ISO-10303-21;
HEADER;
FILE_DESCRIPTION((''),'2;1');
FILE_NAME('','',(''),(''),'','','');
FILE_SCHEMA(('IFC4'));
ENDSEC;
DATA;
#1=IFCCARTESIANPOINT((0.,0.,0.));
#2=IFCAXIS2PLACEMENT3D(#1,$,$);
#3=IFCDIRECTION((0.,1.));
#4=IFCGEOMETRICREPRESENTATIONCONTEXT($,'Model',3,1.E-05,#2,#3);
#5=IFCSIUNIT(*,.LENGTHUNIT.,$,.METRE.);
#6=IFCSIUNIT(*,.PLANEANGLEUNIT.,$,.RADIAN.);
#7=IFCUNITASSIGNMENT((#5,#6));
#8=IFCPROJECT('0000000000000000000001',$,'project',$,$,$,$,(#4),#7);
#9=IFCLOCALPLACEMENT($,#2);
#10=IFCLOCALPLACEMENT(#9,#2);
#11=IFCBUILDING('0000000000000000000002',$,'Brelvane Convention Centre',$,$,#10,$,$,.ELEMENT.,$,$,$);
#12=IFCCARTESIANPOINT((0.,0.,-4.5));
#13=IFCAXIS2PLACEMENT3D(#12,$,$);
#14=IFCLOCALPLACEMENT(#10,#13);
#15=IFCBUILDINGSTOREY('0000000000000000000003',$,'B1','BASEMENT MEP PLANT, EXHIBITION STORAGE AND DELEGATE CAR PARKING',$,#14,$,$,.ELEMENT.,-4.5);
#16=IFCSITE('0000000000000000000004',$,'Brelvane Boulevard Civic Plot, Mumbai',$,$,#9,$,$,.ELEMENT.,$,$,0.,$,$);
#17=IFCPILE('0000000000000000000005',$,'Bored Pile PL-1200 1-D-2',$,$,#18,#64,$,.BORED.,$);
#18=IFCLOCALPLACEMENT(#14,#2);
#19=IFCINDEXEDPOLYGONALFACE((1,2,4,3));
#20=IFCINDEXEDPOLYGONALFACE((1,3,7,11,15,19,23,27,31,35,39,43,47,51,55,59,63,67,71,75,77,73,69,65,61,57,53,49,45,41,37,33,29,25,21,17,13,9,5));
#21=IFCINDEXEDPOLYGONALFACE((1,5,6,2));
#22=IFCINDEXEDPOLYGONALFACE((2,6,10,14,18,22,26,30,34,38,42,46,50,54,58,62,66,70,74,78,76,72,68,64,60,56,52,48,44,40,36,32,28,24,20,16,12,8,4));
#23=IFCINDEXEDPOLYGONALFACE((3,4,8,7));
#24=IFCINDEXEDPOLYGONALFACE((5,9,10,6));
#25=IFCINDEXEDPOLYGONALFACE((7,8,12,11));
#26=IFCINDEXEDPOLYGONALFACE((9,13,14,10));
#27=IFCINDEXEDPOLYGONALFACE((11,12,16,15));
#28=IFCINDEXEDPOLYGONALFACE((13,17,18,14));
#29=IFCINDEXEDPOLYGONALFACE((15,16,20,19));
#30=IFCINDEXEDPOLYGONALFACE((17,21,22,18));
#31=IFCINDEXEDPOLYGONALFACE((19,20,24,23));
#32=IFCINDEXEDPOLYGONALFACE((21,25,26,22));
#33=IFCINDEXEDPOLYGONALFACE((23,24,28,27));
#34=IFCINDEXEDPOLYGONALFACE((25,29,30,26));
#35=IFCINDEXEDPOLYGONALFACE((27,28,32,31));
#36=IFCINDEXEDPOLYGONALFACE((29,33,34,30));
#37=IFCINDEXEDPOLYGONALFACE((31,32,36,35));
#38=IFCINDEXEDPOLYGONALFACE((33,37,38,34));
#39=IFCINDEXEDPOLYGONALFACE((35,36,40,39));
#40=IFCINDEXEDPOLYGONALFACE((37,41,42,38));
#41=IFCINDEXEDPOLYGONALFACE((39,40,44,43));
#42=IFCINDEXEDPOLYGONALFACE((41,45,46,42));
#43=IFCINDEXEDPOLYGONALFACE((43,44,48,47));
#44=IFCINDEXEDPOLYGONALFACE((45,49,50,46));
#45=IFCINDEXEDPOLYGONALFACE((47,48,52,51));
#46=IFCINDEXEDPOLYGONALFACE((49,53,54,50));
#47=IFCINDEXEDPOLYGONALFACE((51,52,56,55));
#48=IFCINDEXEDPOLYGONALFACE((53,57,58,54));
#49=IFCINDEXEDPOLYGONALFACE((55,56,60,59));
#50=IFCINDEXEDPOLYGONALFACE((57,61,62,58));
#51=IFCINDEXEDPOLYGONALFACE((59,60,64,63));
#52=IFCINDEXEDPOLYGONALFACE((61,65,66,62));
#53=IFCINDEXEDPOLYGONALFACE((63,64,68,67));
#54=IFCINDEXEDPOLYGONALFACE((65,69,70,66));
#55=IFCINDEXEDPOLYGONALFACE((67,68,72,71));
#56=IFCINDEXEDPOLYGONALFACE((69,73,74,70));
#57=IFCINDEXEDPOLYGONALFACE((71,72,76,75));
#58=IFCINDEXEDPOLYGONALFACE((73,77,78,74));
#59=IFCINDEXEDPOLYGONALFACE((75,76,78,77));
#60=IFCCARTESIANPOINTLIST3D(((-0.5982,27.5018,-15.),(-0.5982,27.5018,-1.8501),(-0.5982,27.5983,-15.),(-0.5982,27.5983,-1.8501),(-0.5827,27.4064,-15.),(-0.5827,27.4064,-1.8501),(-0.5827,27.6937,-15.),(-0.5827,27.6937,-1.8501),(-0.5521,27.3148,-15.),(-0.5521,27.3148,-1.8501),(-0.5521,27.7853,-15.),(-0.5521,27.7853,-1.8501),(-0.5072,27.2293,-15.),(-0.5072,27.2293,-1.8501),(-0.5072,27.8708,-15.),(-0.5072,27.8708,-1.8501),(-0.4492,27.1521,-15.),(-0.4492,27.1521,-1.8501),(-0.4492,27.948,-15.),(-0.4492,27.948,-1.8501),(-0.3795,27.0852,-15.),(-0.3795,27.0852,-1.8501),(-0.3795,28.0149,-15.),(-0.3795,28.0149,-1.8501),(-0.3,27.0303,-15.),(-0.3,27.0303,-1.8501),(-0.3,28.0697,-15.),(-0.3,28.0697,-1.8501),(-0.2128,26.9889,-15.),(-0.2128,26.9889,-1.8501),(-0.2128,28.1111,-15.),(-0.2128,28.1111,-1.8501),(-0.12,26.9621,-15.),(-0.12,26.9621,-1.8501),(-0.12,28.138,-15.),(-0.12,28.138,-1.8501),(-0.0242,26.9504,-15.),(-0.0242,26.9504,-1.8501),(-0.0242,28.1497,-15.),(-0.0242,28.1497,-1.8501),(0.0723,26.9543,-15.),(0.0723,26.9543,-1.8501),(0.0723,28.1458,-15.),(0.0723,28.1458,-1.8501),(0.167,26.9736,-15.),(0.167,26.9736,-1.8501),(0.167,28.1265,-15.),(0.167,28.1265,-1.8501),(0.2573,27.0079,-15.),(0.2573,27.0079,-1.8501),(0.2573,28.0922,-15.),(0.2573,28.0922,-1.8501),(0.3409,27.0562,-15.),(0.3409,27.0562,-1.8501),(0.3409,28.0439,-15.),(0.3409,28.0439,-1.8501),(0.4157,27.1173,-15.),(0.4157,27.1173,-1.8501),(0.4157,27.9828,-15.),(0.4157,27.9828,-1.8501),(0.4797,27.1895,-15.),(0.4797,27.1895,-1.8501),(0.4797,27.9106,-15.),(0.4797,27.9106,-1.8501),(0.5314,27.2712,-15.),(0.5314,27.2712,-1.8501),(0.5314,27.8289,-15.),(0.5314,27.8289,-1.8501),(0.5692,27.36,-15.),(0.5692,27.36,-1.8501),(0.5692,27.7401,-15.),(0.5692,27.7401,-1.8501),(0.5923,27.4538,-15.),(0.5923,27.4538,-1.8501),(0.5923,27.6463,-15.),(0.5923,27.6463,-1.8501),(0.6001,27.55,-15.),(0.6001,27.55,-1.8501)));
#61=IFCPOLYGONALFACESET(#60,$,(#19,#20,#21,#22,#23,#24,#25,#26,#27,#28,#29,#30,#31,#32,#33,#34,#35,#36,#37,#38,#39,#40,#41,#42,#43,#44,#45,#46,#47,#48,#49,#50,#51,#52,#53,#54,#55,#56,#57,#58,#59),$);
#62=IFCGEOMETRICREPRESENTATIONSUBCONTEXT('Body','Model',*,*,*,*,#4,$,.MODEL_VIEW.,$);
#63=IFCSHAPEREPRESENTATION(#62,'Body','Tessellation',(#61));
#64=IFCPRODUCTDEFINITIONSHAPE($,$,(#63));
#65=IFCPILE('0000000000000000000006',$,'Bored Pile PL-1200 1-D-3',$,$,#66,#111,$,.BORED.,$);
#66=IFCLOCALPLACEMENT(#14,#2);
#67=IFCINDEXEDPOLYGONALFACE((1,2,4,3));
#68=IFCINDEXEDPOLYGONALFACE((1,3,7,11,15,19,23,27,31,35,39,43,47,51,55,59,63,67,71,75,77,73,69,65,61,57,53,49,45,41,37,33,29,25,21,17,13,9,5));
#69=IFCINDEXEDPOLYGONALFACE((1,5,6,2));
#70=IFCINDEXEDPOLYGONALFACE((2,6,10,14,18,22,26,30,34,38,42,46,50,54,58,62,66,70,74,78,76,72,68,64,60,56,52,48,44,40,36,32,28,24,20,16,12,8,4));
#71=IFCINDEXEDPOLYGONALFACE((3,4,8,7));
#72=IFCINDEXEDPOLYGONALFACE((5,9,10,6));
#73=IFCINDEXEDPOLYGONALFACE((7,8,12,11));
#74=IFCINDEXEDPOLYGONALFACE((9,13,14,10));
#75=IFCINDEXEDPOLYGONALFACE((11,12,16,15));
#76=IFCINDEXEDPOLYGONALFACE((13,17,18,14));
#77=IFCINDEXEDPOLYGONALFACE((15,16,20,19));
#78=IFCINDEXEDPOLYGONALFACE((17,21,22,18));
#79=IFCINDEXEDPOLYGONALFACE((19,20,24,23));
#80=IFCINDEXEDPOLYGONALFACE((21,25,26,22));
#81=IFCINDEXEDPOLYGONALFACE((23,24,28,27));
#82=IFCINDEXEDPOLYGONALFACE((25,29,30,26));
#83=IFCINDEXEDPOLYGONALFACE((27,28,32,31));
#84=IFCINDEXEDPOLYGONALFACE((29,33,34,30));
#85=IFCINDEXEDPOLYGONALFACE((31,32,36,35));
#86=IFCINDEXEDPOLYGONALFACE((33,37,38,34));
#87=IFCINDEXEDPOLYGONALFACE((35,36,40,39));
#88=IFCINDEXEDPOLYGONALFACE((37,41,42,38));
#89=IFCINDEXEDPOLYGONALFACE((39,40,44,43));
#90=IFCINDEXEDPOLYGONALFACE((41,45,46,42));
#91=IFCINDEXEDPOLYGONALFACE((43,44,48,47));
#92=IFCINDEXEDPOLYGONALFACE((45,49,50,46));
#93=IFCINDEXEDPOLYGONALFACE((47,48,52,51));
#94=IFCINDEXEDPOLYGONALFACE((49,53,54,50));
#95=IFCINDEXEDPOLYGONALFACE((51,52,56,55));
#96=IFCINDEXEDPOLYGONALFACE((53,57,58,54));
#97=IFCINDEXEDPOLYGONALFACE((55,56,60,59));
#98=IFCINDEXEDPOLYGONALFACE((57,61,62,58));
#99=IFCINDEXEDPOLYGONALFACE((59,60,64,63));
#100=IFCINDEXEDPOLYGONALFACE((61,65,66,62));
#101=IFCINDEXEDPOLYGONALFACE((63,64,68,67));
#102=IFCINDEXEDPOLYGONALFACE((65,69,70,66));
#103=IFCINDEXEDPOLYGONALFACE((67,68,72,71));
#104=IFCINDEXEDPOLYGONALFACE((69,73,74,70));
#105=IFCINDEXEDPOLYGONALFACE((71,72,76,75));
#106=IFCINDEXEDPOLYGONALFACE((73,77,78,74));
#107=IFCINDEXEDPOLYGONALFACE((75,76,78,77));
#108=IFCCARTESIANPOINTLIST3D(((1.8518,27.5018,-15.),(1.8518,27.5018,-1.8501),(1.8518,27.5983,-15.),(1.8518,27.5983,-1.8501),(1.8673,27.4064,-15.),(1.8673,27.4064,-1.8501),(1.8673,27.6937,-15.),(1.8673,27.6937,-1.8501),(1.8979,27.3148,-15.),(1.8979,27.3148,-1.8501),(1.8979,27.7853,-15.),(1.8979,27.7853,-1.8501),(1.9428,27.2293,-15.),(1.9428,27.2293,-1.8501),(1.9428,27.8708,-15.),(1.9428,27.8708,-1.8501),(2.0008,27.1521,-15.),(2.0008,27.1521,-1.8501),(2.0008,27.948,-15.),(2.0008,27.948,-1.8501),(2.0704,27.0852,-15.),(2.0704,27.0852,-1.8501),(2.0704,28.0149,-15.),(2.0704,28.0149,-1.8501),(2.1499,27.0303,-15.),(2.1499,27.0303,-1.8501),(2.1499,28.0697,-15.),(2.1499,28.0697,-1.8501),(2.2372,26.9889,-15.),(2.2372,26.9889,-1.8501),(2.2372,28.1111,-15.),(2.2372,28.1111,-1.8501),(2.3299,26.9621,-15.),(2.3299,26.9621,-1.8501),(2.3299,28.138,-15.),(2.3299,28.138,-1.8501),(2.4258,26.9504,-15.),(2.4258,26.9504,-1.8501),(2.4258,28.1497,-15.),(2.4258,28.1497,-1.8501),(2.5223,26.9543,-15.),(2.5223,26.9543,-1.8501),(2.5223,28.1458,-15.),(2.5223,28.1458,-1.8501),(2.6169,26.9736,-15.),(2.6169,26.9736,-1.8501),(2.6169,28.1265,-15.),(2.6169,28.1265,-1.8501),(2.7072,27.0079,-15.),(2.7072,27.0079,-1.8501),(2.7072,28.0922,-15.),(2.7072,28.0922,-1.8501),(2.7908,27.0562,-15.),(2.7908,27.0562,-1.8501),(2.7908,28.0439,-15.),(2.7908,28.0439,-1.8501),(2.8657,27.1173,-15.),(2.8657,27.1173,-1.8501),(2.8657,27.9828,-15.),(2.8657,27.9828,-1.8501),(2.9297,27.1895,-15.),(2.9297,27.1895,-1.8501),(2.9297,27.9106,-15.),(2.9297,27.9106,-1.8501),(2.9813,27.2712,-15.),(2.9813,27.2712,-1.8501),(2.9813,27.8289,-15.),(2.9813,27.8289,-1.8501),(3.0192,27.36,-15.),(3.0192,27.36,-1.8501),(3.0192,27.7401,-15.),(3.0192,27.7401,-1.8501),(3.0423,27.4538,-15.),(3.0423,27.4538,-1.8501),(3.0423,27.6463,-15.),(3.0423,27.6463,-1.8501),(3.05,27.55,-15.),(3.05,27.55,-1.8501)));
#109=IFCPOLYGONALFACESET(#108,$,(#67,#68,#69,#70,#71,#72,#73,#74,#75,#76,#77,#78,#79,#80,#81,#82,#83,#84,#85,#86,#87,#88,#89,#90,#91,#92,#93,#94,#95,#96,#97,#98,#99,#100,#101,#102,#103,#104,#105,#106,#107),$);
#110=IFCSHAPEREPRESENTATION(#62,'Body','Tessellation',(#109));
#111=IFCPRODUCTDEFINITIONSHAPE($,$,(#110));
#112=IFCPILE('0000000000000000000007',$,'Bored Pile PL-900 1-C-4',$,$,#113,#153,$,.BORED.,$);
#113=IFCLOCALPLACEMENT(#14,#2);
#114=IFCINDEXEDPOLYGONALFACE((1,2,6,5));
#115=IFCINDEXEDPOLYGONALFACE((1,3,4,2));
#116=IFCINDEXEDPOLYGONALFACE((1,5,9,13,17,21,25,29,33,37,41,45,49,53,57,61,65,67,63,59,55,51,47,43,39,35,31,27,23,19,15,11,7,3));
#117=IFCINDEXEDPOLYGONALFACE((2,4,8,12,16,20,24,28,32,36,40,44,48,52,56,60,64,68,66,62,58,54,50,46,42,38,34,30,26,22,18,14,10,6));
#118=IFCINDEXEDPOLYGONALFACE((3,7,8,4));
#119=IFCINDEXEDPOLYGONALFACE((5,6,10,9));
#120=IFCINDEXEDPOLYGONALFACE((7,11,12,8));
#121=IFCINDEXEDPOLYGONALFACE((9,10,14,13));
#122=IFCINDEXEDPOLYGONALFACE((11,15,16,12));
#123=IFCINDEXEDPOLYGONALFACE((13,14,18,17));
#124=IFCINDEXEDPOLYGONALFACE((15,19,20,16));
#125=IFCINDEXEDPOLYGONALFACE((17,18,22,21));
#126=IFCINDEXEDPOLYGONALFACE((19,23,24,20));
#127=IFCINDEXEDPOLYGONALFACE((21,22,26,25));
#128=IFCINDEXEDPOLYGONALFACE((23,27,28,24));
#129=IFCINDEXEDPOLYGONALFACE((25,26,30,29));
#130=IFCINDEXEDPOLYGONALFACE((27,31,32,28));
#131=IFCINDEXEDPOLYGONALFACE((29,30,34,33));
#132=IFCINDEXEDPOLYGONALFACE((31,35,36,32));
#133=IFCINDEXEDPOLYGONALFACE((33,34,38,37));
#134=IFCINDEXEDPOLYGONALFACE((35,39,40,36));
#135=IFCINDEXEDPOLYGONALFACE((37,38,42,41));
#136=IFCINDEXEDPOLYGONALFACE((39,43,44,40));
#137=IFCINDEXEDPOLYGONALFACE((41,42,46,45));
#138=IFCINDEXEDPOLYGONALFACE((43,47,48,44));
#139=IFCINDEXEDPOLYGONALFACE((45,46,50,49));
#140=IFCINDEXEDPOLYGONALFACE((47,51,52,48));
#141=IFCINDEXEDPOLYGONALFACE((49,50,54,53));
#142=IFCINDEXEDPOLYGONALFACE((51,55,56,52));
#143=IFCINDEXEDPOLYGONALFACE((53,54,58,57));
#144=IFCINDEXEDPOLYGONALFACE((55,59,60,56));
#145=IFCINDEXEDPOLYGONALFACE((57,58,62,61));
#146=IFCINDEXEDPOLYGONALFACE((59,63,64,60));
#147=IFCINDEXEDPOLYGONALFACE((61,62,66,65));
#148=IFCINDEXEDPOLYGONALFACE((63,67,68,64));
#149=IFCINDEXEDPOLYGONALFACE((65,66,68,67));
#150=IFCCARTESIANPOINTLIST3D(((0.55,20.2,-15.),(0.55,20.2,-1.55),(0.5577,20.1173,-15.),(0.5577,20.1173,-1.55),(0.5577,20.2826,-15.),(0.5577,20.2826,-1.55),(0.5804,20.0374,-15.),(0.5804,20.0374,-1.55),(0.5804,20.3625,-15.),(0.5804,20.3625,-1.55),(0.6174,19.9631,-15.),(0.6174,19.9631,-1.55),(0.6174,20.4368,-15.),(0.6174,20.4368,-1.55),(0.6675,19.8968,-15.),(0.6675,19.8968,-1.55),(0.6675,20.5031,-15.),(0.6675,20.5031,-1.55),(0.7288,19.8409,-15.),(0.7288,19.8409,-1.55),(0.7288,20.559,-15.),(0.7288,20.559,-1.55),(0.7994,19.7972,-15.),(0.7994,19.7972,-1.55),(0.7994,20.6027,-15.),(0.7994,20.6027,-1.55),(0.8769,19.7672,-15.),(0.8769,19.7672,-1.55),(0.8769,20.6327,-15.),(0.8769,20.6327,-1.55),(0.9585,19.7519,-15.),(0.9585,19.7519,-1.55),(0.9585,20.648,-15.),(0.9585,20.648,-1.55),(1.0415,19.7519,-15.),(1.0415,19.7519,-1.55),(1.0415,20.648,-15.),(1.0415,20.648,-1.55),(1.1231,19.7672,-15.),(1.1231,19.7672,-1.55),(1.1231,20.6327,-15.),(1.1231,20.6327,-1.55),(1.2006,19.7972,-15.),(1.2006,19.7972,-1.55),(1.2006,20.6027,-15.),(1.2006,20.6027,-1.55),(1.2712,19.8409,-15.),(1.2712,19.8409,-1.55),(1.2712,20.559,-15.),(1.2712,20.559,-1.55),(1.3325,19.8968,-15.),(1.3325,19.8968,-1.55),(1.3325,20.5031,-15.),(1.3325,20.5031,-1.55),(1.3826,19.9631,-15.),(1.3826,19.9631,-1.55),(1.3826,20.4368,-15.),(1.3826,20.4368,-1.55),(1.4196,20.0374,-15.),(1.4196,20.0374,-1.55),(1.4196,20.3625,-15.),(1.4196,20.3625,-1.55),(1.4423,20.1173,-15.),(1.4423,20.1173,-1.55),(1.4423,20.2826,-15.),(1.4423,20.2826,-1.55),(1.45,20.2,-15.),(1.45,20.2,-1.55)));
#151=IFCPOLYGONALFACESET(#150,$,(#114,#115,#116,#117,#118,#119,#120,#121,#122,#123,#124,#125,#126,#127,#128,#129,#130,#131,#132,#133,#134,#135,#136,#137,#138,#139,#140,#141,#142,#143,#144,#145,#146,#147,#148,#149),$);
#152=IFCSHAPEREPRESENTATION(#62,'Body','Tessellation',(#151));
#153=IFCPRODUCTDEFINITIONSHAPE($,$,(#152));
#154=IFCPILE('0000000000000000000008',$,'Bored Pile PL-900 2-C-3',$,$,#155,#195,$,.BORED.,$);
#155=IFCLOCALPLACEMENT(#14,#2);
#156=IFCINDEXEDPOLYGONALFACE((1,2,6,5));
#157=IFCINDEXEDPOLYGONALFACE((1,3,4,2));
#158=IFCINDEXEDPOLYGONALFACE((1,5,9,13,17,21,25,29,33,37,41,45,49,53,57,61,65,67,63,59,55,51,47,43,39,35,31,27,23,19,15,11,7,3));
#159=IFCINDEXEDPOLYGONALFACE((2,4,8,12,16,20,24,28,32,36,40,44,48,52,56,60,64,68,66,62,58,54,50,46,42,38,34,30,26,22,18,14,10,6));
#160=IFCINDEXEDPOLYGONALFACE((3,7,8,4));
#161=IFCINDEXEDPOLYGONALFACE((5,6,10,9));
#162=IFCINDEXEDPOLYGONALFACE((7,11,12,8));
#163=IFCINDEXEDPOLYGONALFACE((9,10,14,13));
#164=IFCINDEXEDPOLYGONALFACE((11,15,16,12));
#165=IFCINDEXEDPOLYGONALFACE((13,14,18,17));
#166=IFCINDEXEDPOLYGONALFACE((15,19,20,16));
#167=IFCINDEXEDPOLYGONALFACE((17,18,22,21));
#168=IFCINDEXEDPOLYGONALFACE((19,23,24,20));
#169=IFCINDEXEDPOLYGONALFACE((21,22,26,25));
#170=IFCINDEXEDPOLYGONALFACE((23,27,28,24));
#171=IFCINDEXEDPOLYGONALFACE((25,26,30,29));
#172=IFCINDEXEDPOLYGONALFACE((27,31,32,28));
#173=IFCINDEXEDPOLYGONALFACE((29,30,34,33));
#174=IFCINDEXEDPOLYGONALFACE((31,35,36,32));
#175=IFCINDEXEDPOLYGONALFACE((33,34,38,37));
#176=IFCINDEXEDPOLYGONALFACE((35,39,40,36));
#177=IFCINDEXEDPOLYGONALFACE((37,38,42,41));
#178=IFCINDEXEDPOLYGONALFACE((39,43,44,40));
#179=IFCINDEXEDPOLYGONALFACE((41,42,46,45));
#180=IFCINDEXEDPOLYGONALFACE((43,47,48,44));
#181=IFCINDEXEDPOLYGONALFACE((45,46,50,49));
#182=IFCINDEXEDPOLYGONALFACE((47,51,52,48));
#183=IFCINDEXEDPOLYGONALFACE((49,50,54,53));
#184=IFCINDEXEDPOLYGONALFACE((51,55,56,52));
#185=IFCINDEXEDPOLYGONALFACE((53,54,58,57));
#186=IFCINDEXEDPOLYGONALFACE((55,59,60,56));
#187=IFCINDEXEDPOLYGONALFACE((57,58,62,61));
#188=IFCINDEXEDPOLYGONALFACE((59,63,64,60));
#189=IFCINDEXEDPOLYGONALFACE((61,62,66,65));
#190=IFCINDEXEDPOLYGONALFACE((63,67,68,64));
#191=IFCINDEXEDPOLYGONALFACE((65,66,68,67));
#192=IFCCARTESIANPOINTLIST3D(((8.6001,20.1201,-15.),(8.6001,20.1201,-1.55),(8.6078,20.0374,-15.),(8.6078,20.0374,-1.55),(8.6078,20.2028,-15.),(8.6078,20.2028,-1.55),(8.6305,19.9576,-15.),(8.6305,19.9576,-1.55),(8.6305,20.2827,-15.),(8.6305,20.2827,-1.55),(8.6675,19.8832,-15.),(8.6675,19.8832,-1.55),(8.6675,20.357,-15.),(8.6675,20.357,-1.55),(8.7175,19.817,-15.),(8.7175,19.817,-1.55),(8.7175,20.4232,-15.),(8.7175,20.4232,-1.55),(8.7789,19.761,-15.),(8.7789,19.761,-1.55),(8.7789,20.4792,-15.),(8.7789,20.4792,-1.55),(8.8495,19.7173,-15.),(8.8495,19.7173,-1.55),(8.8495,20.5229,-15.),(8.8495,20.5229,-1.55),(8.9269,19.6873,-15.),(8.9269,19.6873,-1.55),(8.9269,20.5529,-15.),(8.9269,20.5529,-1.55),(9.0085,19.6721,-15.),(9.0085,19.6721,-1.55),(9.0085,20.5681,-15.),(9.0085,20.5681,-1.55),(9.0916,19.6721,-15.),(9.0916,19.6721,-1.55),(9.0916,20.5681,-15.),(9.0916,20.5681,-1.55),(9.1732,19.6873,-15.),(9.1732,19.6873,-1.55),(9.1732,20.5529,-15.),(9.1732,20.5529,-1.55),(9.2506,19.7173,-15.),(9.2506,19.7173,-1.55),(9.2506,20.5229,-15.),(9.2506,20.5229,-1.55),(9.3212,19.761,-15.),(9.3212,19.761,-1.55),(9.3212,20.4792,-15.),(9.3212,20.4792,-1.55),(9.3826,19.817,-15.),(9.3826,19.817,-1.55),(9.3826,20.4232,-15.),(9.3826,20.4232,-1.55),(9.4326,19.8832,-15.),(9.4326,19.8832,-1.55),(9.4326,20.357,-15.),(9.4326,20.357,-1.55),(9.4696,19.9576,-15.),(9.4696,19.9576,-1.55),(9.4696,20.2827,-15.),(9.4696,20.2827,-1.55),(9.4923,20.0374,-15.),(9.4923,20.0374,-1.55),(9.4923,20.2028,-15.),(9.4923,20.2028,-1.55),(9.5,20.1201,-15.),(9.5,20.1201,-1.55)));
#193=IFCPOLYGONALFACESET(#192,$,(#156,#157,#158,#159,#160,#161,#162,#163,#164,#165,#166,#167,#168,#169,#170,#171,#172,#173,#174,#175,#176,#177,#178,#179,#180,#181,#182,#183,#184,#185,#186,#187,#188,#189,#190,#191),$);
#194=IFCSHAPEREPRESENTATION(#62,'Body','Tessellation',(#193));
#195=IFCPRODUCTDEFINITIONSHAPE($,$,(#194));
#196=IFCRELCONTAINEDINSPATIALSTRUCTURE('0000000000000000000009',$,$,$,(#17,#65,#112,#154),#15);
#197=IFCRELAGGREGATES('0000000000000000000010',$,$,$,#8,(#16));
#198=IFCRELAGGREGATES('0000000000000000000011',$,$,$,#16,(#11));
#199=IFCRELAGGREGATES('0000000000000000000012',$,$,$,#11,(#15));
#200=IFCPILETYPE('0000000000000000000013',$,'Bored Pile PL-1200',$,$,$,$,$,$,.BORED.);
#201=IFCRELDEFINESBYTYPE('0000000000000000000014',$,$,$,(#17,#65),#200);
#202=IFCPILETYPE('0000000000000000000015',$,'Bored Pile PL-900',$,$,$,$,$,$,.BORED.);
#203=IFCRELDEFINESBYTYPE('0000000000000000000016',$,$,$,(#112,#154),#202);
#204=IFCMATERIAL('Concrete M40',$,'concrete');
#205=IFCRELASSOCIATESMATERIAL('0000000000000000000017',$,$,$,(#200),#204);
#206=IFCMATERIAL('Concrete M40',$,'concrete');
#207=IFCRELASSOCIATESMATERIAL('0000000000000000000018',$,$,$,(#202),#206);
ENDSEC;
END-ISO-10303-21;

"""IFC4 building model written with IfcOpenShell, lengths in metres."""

from ifc_helpers import new_model, si_unit, direction, frame, origin, origin_2d, place, context, subcontext, project, spatial, circle, extrude, material, material_profile, profile_set, type_object, element, save


model = new_model("IFC4")

# Units and contexts
model_context = context("Model", 3, precision=1e-05, world=origin(), true_north=direction((0.0, 1.0)))
body_context = subcontext(model_context, "Body", "Model", "MODEL_VIEW")
ifc_project = project(units=[si_unit("LENGTHUNIT", "METRE"), si_unit("PLANEANGLEUNIT", "RADIAN")], contexts=[model_context])

# Site, building, storey
site_placement = place(None, origin())
site = spatial("IfcSite", under=ifc_project, at=site_placement, Name="Brelvane Boulevard Civic Plot, Mumbai", CompositionType="ELEMENT", RefElevation=0.0)
building_placement = place(site_placement, origin())
building = spatial("IfcBuilding", under=site, at=building_placement, Name="Brelvane Convention Centre", CompositionType="ELEMENT")
storey_placement = place(building_placement, frame((0.0, 0.0, -4.5)))
storey = spatial("IfcBuildingStorey", under=building, at=storey_placement, Name="B1", Description="BASEMENT MEP PLANT, EXHIBITION STORAGE AND DELEGATE CAR PARKING", CompositionType="ELEMENT", Elevation=-4.5)

# Piles
ifc_material_1 = material(Name="Concrete M40", Category="concrete")
ifc_material_profile_1 = material_profile(ifc_material_1, circle(Radius=0.6001, at=origin_2d()), Name="PILE D1200")
ifc_profile_set_1 = profile_set([ifc_material_profile_1], Name="Concrete M40")
pile_type_1 = type_object("IfcPileType", Name="Bored Pile PL-1200", PredefinedType="BORED", material=ifc_profile_set_1)
for number, where, z_axis, x_axis, name in (
    (1, (0.0, 27.55, -1.8501), (0.0, 0.0, -1.0), (1.0, 0.0, 0.0), "Bored Pile PL-1200 1-D-2"),
    (2, (2.45, 27.55, -1.8501), (0.0, 0.0, -1.0), (1.0, 0.0, 0.0), "Bored Pile PL-1200 1-D-3"),
):
    element("IfcPile", number, at=place(storey_placement, frame(where, z_axis=z_axis, x_axis=x_axis)), inside=storey, type_object=pile_type_1, Name=name, PredefinedType="BORED", context=body_context, shape_type="SweptSolid", body=[
        extrude(circle(Radius=0.6001, at=origin_2d()), origin(), (0.0, 0.0, 1.0), 13.1499),
    ])
ifc_material_2 = material(Name="Concrete M40", Category="concrete")
ifc_material_profile_2 = material_profile(ifc_material_2, circle(Radius=0.45, at=origin_2d()), Name="PILE D900")
ifc_profile_set_2 = profile_set([ifc_material_profile_2], Name="Concrete M40")
pile_type_2 = type_object("IfcPileType", Name="Bored Pile PL-900", PredefinedType="BORED", material=ifc_profile_set_2)
for number, where, z_axis, x_axis, name in (
    (3, (1.0, 20.2, -1.55), (0.0, 0.0, -1.0), (1.0, 0.0, 0.0), "Bored Pile PL-900 1-C-4"),
    (4, (9.05, 20.1201, -1.55), (0.0, 0.0, -1.0), (1.0, 0.0, 0.0), "Bored Pile PL-900 2-C-3"),
):
    element("IfcPile", number, at=place(storey_placement, frame(where, z_axis=z_axis, x_axis=x_axis)), inside=storey, type_object=pile_type_2, Name=name, PredefinedType="BORED", context=body_context, shape_type="SweptSolid", body=[
        extrude(circle(Radius=0.45, at=origin_2d()), origin(), (0.0, 0.0, 1.0), 13.45),
    ])

save(model, "model.ifc")
